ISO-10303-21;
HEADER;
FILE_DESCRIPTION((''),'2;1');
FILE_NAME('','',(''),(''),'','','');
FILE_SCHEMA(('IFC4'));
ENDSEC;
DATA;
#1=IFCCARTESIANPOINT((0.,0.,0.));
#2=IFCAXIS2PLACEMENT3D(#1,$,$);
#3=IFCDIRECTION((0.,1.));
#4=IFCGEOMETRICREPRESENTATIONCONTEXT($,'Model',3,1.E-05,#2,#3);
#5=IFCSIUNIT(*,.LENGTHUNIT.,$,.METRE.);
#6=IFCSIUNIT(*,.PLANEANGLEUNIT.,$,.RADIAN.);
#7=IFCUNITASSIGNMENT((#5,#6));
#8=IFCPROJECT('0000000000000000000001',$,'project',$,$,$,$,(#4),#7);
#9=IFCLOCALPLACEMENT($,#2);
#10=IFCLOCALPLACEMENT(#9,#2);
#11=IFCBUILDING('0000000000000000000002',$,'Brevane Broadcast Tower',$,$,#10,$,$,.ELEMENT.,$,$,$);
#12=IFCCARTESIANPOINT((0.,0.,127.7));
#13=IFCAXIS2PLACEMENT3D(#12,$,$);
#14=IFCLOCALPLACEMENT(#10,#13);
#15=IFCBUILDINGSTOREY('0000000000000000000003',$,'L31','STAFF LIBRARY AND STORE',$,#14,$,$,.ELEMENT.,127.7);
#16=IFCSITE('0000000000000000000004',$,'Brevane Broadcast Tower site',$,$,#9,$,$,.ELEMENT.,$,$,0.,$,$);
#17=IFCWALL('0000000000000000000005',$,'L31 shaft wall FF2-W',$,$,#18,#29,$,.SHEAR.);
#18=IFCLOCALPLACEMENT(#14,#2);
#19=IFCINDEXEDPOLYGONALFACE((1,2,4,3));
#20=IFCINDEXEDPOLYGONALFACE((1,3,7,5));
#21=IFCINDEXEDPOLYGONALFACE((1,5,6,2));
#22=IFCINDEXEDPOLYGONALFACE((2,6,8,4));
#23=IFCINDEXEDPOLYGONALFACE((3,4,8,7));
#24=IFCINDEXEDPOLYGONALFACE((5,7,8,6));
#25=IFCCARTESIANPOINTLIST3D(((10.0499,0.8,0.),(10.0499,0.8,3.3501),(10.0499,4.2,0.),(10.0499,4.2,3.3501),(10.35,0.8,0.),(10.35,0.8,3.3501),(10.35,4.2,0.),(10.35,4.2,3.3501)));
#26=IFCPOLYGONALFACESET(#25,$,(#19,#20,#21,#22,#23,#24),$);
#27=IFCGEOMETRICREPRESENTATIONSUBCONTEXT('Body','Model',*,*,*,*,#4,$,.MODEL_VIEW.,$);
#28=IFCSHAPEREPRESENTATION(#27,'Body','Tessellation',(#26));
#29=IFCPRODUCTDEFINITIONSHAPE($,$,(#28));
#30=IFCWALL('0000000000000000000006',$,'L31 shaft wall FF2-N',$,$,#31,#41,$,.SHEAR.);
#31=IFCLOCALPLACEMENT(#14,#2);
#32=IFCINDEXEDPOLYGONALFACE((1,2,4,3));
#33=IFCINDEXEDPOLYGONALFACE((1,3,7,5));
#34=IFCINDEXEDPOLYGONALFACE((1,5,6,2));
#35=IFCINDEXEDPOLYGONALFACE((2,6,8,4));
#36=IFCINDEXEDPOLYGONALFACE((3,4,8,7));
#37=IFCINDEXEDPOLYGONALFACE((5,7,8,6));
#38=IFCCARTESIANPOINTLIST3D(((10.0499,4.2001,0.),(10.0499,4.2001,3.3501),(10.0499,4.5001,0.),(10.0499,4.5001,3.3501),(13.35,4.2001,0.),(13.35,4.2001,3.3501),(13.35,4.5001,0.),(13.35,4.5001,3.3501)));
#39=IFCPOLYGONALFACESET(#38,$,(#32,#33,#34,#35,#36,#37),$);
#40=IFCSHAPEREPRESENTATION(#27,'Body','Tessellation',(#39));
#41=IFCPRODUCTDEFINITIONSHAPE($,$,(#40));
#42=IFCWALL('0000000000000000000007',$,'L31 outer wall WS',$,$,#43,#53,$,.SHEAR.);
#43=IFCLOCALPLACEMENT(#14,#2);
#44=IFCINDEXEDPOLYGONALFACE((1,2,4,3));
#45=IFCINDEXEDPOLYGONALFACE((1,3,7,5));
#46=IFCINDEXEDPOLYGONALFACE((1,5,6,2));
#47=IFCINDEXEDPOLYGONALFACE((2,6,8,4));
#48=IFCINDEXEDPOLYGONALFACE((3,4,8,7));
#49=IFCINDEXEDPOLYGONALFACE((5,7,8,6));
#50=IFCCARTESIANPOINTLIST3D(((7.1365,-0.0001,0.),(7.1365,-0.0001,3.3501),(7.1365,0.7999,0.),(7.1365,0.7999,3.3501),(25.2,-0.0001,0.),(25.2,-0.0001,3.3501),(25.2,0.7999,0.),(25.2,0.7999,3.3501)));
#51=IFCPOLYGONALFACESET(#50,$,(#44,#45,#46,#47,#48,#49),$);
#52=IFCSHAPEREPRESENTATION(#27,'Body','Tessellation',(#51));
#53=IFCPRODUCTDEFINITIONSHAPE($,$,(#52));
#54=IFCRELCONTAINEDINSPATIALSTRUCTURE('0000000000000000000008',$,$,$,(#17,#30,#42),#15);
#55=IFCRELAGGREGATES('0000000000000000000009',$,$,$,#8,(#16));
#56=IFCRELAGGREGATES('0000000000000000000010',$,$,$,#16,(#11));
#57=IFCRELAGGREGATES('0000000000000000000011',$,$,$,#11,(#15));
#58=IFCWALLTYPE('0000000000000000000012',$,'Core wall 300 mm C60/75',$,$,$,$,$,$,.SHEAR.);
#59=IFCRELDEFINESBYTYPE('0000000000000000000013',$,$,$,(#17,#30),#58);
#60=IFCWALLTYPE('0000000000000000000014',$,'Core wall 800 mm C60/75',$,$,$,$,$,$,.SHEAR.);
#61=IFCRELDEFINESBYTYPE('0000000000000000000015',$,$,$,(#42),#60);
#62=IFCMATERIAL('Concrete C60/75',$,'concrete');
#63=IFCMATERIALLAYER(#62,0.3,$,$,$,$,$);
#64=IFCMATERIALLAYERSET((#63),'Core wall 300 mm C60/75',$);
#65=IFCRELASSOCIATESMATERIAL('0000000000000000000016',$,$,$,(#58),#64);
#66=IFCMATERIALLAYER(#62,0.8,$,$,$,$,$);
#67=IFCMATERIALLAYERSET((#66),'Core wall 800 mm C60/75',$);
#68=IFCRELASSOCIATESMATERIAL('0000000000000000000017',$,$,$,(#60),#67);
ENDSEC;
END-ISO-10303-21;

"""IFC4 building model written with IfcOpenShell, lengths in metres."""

from ifc_helpers import new_model, si_unit, direction, frame, frame_2d, origin, place, context, subcontext, project, spatial, rectangle, extrude, material, layer, layer_set, type_object, element, save


model = new_model("IFC4")

# Units and contexts
model_context = context("Model", 3, precision=1e-05, world=origin(), true_north=direction((0.0, 1.0)))
body_context = subcontext(model_context, "Body", "Model", "MODEL_VIEW")
ifc_project = project(units=[si_unit("LENGTHUNIT", "METRE"), si_unit("PLANEANGLEUNIT", "RADIAN")], contexts=[model_context])

# Site, building, storey
site_placement = place(None, origin())
site = spatial("IfcSite", under=ifc_project, at=site_placement, Name="Brevane Broadcast Tower site", CompositionType="ELEMENT", RefElevation=0.0)
building_placement = place(site_placement, origin())
building = spatial("IfcBuilding", under=site, at=building_placement, Name="Brevane Broadcast Tower", CompositionType="ELEMENT")
storey_placement = place(building_placement, frame((0.0, 0.0, 127.7)))
storey = spatial("IfcBuildingStorey", under=building, at=storey_placement, Name="L31", Description="STAFF LIBRARY AND STORE", CompositionType="ELEMENT", Elevation=127.7)

# Walls
ifc_material_1 = material(Name="Concrete C60/75", Category="concrete")
ifc_layer_1 = layer(ifc_material_1, 0.3)
ifc_layer_set_1 = layer_set([ifc_layer_1], Name="Core wall 300 mm C60/75")
wall_type_1 = type_object("IfcWallType", Name="Core wall 300 mm C60/75", PredefinedType="SHEAR", material=ifc_layer_set_1)
wall_1_placement = place(storey_placement, frame((10.2, 0.8, 0.0), z_axis=(0.0, 0.0, 1.0), x_axis=(0.0, 1.0, 0.0)))
element("IfcWall", 1, at=wall_1_placement, inside=storey, type_object=wall_type_1, Name="L31 shaft wall FF2-W", PredefinedType="SHEAR", context=body_context, shape_type="SweptSolid", body=[
    extrude(rectangle(XDim=3.3999, YDim=0.3, at=frame_2d((1.7, 0.0))), origin(), (0.0, 0.0, 1.0), 3.3501),
])
wall_2_placement = place(storey_placement, frame((10.05, 4.3501, 0.0), z_axis=(0.0, 0.0, 1.0), x_axis=(1.0, 0.0, 0.0)))
element("IfcWall", 2, at=wall_2_placement, inside=storey, type_object=wall_type_1, Name="L31 shaft wall FF2-N", PredefinedType="SHEAR", context=body_context, shape_type="SweptSolid", body=[
    extrude(rectangle(XDim=3.3, YDim=0.3, at=frame_2d((1.6499, 0.0))), origin(), (0.0, 0.0, 1.0), 3.3501),
])
ifc_layer_2 = layer(ifc_material_1, 0.8)
ifc_layer_set_2 = layer_set([ifc_layer_2], Name="Core wall 800 mm C60/75")
wall_type_2 = type_object("IfcWallType", Name="Core wall 800 mm C60/75", PredefinedType="SHEAR", material=ifc_layer_set_2)
wall_3_placement = place(storey_placement, frame((7.1365, 0.3999, 0.0), z_axis=(0.0, 0.0, 1.0), x_axis=(1.0, 0.0, 0.0)))
element("IfcWall", 3, at=wall_3_placement, inside=storey, type_object=wall_type_2, Name="L31 outer wall WS", PredefinedType="SHEAR", context=body_context, shape_type="SweptSolid", body=[
    extrude(rectangle(XDim=18.0635, YDim=0.8, at=frame_2d((9.0317, 0.0))), origin(), (0.0, 0.0, 1.0), 3.3501),
])

save(model, "model.ifc")
